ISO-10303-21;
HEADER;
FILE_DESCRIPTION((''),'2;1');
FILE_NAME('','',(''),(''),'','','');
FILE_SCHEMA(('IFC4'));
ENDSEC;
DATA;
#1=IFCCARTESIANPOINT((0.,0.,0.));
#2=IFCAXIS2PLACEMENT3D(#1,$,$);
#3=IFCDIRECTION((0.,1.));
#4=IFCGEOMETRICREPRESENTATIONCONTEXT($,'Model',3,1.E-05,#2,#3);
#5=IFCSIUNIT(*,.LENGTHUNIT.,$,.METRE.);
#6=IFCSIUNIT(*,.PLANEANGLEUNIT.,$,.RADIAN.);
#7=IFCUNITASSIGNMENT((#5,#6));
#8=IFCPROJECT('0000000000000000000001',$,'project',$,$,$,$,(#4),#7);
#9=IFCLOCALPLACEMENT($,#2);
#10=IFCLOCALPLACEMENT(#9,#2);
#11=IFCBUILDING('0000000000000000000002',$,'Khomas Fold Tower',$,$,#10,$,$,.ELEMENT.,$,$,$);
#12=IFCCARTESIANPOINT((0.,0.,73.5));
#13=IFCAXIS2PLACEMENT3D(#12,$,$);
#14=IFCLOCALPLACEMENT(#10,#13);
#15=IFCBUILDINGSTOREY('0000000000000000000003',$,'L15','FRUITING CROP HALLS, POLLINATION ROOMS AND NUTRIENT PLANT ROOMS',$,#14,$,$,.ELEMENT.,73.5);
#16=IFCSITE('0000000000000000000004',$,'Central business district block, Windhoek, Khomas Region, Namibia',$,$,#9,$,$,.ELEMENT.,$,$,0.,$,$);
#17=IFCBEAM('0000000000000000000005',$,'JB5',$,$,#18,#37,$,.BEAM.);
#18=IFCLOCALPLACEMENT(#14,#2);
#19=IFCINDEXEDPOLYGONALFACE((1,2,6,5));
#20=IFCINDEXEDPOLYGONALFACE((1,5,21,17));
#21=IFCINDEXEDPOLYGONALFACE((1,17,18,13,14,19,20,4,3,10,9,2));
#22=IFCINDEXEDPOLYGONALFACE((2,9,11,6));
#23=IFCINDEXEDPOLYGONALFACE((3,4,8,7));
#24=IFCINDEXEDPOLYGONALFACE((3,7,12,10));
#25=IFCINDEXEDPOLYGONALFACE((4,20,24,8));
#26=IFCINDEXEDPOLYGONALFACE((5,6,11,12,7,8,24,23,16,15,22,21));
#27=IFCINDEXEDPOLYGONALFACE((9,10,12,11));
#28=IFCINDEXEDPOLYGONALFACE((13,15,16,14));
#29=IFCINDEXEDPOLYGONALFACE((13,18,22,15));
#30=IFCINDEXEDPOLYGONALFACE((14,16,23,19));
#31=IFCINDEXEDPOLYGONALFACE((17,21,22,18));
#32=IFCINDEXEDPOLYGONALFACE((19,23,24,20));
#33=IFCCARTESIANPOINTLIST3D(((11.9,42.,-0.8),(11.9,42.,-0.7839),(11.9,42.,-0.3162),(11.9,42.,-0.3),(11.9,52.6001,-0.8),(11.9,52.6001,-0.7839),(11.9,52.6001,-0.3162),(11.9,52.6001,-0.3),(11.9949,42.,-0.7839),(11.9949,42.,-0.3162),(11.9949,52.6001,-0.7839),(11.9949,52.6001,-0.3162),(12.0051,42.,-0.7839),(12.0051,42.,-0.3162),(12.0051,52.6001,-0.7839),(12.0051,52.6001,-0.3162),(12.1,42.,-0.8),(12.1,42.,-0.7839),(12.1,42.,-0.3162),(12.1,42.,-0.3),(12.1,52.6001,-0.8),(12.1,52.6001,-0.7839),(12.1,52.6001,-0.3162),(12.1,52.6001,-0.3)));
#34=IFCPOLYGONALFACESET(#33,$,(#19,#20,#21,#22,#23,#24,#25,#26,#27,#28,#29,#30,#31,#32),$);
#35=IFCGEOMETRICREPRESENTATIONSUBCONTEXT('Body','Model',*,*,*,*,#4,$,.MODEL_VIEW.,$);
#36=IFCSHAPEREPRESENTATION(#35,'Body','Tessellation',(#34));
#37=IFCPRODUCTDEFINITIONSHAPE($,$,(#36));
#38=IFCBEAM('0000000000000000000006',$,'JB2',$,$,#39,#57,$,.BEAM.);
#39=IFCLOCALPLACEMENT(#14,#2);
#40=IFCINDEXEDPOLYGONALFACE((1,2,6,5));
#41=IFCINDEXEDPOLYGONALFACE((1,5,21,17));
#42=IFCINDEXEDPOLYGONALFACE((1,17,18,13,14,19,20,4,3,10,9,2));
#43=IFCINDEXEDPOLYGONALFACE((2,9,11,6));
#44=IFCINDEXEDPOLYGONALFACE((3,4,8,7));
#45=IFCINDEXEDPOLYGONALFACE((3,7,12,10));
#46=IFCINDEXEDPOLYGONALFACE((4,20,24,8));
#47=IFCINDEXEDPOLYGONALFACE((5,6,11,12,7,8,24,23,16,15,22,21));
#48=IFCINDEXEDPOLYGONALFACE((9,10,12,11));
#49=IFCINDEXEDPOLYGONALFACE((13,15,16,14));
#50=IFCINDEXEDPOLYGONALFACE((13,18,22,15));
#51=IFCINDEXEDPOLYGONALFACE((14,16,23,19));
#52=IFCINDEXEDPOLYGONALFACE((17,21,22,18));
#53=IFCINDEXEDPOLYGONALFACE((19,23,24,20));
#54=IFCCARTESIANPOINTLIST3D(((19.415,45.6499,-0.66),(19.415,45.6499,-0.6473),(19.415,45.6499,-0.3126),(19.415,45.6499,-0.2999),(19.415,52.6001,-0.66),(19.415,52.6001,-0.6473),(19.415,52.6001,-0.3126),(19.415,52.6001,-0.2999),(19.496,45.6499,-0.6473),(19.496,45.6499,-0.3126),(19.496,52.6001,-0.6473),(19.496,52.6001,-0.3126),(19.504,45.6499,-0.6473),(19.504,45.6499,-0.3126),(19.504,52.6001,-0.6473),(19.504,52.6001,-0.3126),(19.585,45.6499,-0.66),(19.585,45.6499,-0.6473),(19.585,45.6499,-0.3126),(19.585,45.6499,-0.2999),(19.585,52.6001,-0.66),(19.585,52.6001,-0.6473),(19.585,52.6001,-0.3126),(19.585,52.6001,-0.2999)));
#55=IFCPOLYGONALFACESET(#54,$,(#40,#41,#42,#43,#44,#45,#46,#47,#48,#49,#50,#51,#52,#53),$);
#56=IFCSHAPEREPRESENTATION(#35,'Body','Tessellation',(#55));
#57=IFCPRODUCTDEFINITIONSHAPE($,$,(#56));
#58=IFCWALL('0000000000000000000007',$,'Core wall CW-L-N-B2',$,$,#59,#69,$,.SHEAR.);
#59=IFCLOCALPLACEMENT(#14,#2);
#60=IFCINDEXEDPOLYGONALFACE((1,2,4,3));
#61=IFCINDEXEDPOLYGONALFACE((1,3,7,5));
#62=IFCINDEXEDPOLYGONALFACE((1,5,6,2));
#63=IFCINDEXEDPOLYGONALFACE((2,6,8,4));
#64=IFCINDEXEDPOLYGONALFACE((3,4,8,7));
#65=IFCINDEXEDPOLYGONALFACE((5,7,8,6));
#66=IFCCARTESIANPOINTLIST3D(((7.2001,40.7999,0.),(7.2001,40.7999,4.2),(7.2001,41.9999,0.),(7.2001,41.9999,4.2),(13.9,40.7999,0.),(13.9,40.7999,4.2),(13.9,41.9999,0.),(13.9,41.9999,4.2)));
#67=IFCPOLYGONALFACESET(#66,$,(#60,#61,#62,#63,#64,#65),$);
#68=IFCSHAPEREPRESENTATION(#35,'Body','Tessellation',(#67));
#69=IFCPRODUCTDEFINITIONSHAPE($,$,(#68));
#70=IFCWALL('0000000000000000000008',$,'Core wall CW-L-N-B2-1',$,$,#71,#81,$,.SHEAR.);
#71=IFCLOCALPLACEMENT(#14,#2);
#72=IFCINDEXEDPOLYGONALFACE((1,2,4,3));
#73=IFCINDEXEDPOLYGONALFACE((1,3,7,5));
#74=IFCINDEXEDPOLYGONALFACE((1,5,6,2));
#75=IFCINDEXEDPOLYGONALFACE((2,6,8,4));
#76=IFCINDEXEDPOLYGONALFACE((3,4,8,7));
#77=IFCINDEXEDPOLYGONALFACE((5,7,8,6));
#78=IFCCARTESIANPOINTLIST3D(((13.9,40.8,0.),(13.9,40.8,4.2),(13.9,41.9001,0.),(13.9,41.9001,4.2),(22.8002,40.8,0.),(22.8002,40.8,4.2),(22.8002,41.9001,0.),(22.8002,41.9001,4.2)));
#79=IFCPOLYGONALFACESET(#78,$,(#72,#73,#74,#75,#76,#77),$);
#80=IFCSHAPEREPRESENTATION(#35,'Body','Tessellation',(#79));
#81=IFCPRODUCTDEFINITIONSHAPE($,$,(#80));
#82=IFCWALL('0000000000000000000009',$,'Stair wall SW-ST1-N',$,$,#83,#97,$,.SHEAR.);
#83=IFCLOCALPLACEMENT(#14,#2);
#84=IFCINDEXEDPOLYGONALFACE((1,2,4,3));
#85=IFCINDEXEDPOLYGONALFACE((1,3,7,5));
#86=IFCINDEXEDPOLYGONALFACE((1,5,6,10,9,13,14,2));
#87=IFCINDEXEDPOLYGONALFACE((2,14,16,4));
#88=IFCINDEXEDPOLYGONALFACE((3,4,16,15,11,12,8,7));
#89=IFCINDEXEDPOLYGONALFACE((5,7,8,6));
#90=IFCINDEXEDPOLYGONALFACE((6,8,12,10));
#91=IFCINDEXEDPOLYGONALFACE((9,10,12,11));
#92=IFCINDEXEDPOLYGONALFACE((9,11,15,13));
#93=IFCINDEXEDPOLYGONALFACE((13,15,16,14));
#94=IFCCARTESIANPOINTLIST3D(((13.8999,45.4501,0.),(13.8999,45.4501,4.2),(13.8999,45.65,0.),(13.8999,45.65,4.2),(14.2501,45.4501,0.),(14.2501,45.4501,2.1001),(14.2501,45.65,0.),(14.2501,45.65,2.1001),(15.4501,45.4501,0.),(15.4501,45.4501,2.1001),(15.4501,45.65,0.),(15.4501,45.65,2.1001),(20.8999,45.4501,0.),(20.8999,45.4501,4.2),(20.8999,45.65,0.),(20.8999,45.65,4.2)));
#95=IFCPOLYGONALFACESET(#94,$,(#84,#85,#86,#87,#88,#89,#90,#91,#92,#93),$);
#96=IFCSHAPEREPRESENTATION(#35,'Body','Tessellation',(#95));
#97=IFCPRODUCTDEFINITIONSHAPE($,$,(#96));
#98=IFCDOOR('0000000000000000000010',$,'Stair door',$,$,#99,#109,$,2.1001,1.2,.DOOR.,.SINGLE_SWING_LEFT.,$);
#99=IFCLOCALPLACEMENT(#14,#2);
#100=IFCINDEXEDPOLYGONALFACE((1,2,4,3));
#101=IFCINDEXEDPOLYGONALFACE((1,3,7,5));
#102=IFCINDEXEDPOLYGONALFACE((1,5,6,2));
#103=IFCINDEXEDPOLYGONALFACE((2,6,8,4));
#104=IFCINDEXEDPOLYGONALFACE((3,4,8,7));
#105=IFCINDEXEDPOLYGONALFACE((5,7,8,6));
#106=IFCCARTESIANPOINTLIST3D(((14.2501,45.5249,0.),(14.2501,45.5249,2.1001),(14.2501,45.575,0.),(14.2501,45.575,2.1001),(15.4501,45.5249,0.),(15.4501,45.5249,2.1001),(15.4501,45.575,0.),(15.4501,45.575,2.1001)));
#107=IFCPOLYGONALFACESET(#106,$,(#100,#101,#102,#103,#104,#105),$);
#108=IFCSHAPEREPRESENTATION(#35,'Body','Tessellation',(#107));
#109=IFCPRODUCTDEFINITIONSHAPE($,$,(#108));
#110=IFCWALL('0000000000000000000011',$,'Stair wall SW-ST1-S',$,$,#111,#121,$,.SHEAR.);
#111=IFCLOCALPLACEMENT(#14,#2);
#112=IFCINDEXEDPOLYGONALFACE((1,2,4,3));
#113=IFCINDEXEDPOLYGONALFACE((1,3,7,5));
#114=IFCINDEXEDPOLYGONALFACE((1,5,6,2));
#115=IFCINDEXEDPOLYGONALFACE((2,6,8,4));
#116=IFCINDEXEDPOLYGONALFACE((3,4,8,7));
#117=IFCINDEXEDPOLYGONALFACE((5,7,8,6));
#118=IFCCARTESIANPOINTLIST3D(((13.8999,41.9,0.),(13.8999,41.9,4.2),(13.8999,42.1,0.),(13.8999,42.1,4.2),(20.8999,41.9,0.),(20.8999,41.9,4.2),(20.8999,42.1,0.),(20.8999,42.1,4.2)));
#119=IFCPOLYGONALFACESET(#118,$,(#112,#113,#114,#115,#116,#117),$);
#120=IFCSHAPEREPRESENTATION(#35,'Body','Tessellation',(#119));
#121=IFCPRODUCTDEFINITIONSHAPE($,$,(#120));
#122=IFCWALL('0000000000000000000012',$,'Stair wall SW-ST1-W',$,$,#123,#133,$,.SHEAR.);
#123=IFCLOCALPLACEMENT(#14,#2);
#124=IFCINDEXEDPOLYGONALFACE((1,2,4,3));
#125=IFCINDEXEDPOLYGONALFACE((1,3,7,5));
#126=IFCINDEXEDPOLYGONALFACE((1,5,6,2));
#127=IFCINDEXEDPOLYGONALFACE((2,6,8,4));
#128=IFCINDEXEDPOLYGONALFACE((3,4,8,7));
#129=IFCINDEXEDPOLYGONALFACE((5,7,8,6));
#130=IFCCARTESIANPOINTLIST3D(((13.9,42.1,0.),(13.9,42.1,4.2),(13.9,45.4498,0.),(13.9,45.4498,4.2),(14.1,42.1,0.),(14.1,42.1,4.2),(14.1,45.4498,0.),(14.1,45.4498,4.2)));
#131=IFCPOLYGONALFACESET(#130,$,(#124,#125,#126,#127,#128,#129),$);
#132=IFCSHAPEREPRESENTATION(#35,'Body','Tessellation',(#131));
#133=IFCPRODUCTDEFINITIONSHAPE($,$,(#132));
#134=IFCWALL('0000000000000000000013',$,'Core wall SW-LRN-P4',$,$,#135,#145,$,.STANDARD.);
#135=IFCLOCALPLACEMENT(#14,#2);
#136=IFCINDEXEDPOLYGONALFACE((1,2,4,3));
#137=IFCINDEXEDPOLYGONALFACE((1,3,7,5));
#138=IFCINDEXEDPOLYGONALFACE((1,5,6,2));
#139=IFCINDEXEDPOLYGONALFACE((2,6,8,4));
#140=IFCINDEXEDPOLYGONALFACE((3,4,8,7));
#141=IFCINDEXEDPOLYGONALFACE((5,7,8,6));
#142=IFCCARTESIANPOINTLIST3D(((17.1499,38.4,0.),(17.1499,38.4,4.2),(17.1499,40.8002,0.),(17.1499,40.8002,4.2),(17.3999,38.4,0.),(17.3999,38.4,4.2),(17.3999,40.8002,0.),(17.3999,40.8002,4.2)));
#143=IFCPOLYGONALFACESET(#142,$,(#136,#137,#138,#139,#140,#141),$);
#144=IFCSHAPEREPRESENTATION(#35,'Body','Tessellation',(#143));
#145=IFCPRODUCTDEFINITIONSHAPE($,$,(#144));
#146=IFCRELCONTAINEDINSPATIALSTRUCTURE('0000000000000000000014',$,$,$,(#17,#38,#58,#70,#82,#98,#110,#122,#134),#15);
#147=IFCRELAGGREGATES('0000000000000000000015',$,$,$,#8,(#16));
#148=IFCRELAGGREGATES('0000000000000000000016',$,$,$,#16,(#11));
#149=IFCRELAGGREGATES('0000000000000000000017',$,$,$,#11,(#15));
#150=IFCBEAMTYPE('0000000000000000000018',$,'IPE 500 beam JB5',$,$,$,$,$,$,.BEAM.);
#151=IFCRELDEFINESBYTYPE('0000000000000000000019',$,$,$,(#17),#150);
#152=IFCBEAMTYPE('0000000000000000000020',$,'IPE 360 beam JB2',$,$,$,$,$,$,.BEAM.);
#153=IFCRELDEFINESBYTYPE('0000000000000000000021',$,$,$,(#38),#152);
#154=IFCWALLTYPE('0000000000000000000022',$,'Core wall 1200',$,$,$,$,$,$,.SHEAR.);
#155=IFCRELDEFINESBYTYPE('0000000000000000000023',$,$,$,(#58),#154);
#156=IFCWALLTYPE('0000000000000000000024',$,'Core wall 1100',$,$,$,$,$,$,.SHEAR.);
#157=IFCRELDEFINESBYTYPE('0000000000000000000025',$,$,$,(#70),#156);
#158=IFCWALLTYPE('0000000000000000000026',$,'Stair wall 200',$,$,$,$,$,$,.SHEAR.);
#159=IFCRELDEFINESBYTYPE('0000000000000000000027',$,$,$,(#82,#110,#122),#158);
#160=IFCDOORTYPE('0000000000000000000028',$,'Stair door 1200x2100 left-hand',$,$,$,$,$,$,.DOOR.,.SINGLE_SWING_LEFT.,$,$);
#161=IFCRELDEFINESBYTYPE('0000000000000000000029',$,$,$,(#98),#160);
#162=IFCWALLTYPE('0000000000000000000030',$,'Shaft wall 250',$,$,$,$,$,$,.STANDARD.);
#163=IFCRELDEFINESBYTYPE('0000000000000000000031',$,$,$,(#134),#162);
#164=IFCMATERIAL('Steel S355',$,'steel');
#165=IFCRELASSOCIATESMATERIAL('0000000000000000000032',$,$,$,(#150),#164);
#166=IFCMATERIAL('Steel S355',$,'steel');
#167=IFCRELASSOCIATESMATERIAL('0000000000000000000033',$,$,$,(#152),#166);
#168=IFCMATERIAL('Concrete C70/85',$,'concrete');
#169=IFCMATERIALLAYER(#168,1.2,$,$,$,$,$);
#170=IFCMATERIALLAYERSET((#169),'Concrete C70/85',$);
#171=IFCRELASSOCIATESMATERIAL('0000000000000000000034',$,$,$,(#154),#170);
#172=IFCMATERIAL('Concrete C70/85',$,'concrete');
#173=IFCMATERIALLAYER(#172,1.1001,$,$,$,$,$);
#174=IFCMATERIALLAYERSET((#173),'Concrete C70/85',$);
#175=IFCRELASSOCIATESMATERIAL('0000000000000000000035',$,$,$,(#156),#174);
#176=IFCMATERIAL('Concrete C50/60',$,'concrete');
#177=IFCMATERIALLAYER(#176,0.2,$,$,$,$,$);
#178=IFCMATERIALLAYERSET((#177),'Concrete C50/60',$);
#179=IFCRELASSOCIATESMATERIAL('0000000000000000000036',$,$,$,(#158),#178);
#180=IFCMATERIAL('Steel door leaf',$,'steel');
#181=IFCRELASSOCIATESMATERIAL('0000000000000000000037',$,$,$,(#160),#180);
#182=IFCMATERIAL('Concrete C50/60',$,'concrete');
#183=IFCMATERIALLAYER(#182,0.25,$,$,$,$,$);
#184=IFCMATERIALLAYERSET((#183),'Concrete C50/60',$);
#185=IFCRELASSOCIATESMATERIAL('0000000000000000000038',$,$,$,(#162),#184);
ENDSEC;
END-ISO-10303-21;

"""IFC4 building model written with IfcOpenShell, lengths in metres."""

from ifc_helpers import new_model, si_unit, direction, frame, frame_2d, origin, origin_2d, place, context, subcontext, project, spatial, rectangle, i_section, extrude, source, transform, mapped, material, layer, layer_set, material_profile, profile_set, type_object, element, fill, save


model = new_model("IFC4")

# Units and contexts
model_context = context("Model", 3, precision=1e-05, world=origin(), true_north=direction((0.0, 1.0)))
body_context = subcontext(model_context, "Body", "Model", "MODEL_VIEW")
ifc_project = project(units=[si_unit("LENGTHUNIT", "METRE"), si_unit("PLANEANGLEUNIT", "RADIAN")], contexts=[model_context])

# Site, building, storey
site_placement = place(None, origin())
site = spatial("IfcSite", under=ifc_project, at=site_placement, Name="Central business district block, Windhoek, Khomas Region, Namibia", CompositionType="ELEMENT", RefElevation=0.0)
building_placement = place(site_placement, origin())
building = spatial("IfcBuilding", under=site, at=building_placement, Name="Khomas Fold Tower", CompositionType="ELEMENT")
storey_placement = place(building_placement, frame((0.0, 0.0, 73.5)))
storey = spatial("IfcBuildingStorey", under=building, at=storey_placement, Name="L15", Description="FRUITING CROP HALLS, POLLINATION ROOMS AND NUTRIENT PLANT ROOMS", CompositionType="ELEMENT", Elevation=73.5)

# Beams
ifc_material_1 = material(Name="Steel S355", Category="steel")
ifc_material_profile_1 = material_profile(ifc_material_1, i_section(OverallWidth=0.2, OverallDepth=0.5, WebThickness=0.0103, FlangeThickness=0.0161, at=origin_2d()), Name="IPE 500")
ifc_profile_set_1 = profile_set([ifc_material_profile_1], Name="Steel S355")
beam_type_1 = type_object("IfcBeamType", Name="IPE 500 beam JB5", PredefinedType="BEAM", material=ifc_profile_set_1)
shared_shape_1 = source(origin(), body_context, "Body", "SweptSolid", [
    extrude(i_section(OverallWidth=0.2, OverallDepth=0.5, WebThickness=0.0103, FlangeThickness=0.0161, at=origin_2d()), origin(), (0.0, 0.0, 1.0), 10.6001),
])
beam_1_placement = place(storey_placement, frame((12.0, 42.0, -0.55), z_axis=(0.0, 1.0, 0.0), x_axis=(-1.0, 0.0, 0.0)))
element("IfcBeam", 1, at=beam_1_placement, inside=storey, type_object=beam_type_1, Name="JB5", PredefinedType="BEAM", context=body_context, shape_type="MappedRepresentation", body=[
    mapped(shared_shape_1, transform((0.0, 0.0, 0.0))),
])
ifc_material_2 = material(Name="Steel S355", Category="steel")
ifc_material_profile_2 = material_profile(ifc_material_2, i_section(OverallWidth=0.1699, OverallDepth=0.3601, WebThickness=0.0081, FlangeThickness=0.0127, at=origin_2d()), Name="IPE 360")
ifc_profile_set_2 = profile_set([ifc_material_profile_2], Name="Steel S355")
beam_type_2 = type_object("IfcBeamType", Name="IPE 360 beam JB2", PredefinedType="BEAM", material=ifc_profile_set_2)
shared_shape_2 = source(origin(), body_context, "Body", "SweptSolid", [
    extrude(i_section(OverallWidth=0.1699, OverallDepth=0.3601, WebThickness=0.0081, FlangeThickness=0.0127, at=origin_2d()), origin(), (0.0, 0.0, 1.0), 6.9502),
])
beam_2_placement = place(storey_placement, frame((19.5, 45.6499, -0.48), z_axis=(0.0, 1.0, 0.0), x_axis=(-1.0, 0.0, 0.0)))
element("IfcBeam", 2, at=beam_2_placement, inside=storey, type_object=beam_type_2, Name="JB2", PredefinedType="BEAM", context=body_context, shape_type="MappedRepresentation", body=[
    mapped(shared_shape_2, transform((0.0, 0.0, 0.0))),
])

# Walls
ifc_material_3 = material(Name="Concrete C70/85", Category="concrete")
ifc_layer_1 = layer(ifc_material_3, 1.2)
ifc_layer_set_1 = layer_set([ifc_layer_1], Name="Concrete C70/85")
wall_type_1 = type_object("IfcWallType", Name="Core wall 1200", PredefinedType="SHEAR", material=ifc_layer_set_1)
shared_shape_3 = source(origin(), body_context, "Body", "SweptSolid", [
    extrude(rectangle(XDim=6.7, YDim=1.2, at=frame_2d((3.3501, 0.0))), origin(), (0.0, 0.0, 1.0), 4.2),
])
wall_1_placement = place(storey_placement, frame((7.2, 41.3999, 0.0), z_axis=(0.0, 0.0, 1.0), x_axis=(1.0, 0.0, 0.0)))
element("IfcWall", 3, at=wall_1_placement, inside=storey, type_object=wall_type_1, Name="Core wall CW-L-N-B2", PredefinedType="SHEAR", context=body_context, shape_type="MappedRepresentation", body=[
    mapped(shared_shape_3, transform((0.0, 0.0, 0.0))),
])
ifc_material_4 = material(Name="Concrete C70/85", Category="concrete")
ifc_layer_2 = layer(ifc_material_4, 1.1001)
ifc_layer_set_2 = layer_set([ifc_layer_2], Name="Concrete C70/85")
wall_type_2 = type_object("IfcWallType", Name="Core wall 1100", PredefinedType="SHEAR", material=ifc_layer_set_2)
shared_shape_4 = source(origin(), body_context, "Body", "SweptSolid", [
    extrude(rectangle(XDim=8.9001, YDim=1.1001, at=frame_2d((4.4502, 0.0))), origin(), (0.0, 0.0, 1.0), 4.2),
])
wall_2_placement = place(storey_placement, frame((13.8999, 41.3501, 0.0), z_axis=(0.0, 0.0, 1.0), x_axis=(1.0, 0.0, 0.0)))
element("IfcWall", 4, at=wall_2_placement, inside=storey, type_object=wall_type_2, Name="Core wall CW-L-N-B2-1", PredefinedType="SHEAR", context=body_context, shape_type="MappedRepresentation", body=[
    mapped(shared_shape_4, transform((0.0, 0.0, 0.0))),
])

# Wall, opening, door
ifc_material_5 = material(Name="Concrete C50/60", Category="concrete")
ifc_layer_3 = layer(ifc_material_5, 0.2)
ifc_layer_set_3 = layer_set([ifc_layer_3], Name="Concrete C50/60")
wall_type_3 = type_object("IfcWallType", Name="Stair wall 200", PredefinedType="SHEAR", material=ifc_layer_set_3)
shared_shape_5 = source(origin(), body_context, "Body", "SweptSolid", [
    extrude(rectangle(XDim=7.0, YDim=0.2, at=frame_2d((3.5, 0.0))), origin(), (0.0, 0.0, 1.0), 4.2),
])
wall_3_placement = place(storey_placement, frame((13.8999, 45.55, 0.0), z_axis=(0.0, 0.0, 1.0), x_axis=(1.0, 0.0, 0.0)))
wall_3 = element("IfcWall", 5, at=wall_3_placement, inside=storey, type_object=wall_type_3, Name="Stair wall SW-ST1-N", PredefinedType="SHEAR", context=body_context, shape_type="MappedRepresentation", body=[
    mapped(shared_shape_5, transform((0.0, 0.0, 0.0))),
])
shared_shape_6 = source(origin(), body_context, "Body", "SweptSolid", [
    extrude(rectangle(XDim=1.2, YDim=2.1001, at=frame_2d((0.6001, 1.05))), frame((0.0, 0.1099, 0.0), z_axis=(0.0, -1.0, 0.0), x_axis=(1.0, 0.0, 0.0)), (0.0, 0.0, 1.0), 0.22),
])
opening_placement = place(wall_3_placement, frame((0.3501, 0.0, 0.0)))
opening = element("IfcOpeningElement", 6, at=opening_placement, cuts=wall_3, PredefinedType="OPENING", context=body_context, shape_type="MappedRepresentation", body=[
    mapped(shared_shape_6, transform((0.0, 0.0, 0.0))),
])
ifc_material_6 = material(Name="Steel door leaf", Category="steel")
door_type = type_object("IfcDoorType", Name="Stair door 1200x2100 left-hand", OperationType="SINGLE_SWING_LEFT", PredefinedType="DOOR", material=ifc_material_6)
shared_shape_7 = source(origin(), body_context, "Body", "SweptSolid", [
    extrude(rectangle(XDim=1.2, YDim=2.1001, at=frame_2d((0.6001, 1.05))), frame((0.0, 0.0249, 0.0), z_axis=(0.0, -1.0, 0.0), x_axis=(1.0, 0.0, 0.0)), (0.0, 0.0, 1.0), 0.05),
])
door_placement = place(opening_placement, origin())
door = element("IfcDoor", 7, at=door_placement, inside=storey, type_object=door_type, Name="Stair door", OperationType="SINGLE_SWING_LEFT", OverallHeight=2.1001, OverallWidth=1.2, PredefinedType="DOOR", context=body_context, shape_type="MappedRepresentation", body=[
    mapped(shared_shape_7, transform((0.0, 0.0, 0.0))),
])
fill(opening, door)

# Walls
wall_4_placement = place(storey_placement, frame((13.8999, 42.0, 0.0), z_axis=(0.0, 0.0, 1.0), x_axis=(1.0, 0.0, 0.0)))
element("IfcWall", 8, at=wall_4_placement, inside=storey, type_object=wall_type_3, Name="Stair wall SW-ST1-S", PredefinedType="SHEAR", context=body_context, shape_type="MappedRepresentation", body=[
    mapped(shared_shape_5, transform((0.0, 0.0, 0.0))),
])
shared_shape_8 = source(origin(), body_context, "Body", "SweptSolid", [
    extrude(rectangle(XDim=3.3499, YDim=0.2, at=frame_2d((1.6748, 0.0))), origin(), (0.0, 0.0, 1.0), 4.2),
])
wall_5_placement = place(storey_placement, frame((14.0, 42.1001, 0.0), z_axis=(0.0, 0.0, 1.0), x_axis=(0.0, 1.0, 0.0)))
element("IfcWall", 9, at=wall_5_placement, inside=storey, type_object=wall_type_3, Name="Stair wall SW-ST1-W", PredefinedType="SHEAR", context=body_context, shape_type="MappedRepresentation", body=[
    mapped(shared_shape_8, transform((0.0, 0.0, 0.0))),
])
ifc_material_7 = material(Name="Concrete C50/60", Category="concrete")
ifc_layer_4 = layer(ifc_material_7, 0.25)
ifc_layer_set_4 = layer_set([ifc_layer_4], Name="Concrete C50/60")
wall_type_4 = type_object("IfcWallType", Name="Shaft wall 250", PredefinedType="STANDARD", material=ifc_layer_set_4)
shared_shape_9 = source(origin(), body_context, "Body", "SweptSolid", [
    extrude(rectangle(XDim=2.4001, YDim=0.25, at=frame_2d((1.2002, 0.0))), origin(), (0.0, 0.0, 1.0), 4.2),
])
wall_6_placement = place(storey_placement, frame((17.2749, 38.3999, 0.0), z_axis=(0.0, 0.0, 1.0), x_axis=(0.0, 1.0, 0.0)))
element("IfcWall", 10, at=wall_6_placement, inside=storey, type_object=wall_type_4, Name="Core wall SW-LRN-P4", PredefinedType="STANDARD", context=body_context, shape_type="MappedRepresentation", body=[
    mapped(shared_shape_9, transform((0.0, 0.0, 0.0))),
])

save(model, "model.ifc")
